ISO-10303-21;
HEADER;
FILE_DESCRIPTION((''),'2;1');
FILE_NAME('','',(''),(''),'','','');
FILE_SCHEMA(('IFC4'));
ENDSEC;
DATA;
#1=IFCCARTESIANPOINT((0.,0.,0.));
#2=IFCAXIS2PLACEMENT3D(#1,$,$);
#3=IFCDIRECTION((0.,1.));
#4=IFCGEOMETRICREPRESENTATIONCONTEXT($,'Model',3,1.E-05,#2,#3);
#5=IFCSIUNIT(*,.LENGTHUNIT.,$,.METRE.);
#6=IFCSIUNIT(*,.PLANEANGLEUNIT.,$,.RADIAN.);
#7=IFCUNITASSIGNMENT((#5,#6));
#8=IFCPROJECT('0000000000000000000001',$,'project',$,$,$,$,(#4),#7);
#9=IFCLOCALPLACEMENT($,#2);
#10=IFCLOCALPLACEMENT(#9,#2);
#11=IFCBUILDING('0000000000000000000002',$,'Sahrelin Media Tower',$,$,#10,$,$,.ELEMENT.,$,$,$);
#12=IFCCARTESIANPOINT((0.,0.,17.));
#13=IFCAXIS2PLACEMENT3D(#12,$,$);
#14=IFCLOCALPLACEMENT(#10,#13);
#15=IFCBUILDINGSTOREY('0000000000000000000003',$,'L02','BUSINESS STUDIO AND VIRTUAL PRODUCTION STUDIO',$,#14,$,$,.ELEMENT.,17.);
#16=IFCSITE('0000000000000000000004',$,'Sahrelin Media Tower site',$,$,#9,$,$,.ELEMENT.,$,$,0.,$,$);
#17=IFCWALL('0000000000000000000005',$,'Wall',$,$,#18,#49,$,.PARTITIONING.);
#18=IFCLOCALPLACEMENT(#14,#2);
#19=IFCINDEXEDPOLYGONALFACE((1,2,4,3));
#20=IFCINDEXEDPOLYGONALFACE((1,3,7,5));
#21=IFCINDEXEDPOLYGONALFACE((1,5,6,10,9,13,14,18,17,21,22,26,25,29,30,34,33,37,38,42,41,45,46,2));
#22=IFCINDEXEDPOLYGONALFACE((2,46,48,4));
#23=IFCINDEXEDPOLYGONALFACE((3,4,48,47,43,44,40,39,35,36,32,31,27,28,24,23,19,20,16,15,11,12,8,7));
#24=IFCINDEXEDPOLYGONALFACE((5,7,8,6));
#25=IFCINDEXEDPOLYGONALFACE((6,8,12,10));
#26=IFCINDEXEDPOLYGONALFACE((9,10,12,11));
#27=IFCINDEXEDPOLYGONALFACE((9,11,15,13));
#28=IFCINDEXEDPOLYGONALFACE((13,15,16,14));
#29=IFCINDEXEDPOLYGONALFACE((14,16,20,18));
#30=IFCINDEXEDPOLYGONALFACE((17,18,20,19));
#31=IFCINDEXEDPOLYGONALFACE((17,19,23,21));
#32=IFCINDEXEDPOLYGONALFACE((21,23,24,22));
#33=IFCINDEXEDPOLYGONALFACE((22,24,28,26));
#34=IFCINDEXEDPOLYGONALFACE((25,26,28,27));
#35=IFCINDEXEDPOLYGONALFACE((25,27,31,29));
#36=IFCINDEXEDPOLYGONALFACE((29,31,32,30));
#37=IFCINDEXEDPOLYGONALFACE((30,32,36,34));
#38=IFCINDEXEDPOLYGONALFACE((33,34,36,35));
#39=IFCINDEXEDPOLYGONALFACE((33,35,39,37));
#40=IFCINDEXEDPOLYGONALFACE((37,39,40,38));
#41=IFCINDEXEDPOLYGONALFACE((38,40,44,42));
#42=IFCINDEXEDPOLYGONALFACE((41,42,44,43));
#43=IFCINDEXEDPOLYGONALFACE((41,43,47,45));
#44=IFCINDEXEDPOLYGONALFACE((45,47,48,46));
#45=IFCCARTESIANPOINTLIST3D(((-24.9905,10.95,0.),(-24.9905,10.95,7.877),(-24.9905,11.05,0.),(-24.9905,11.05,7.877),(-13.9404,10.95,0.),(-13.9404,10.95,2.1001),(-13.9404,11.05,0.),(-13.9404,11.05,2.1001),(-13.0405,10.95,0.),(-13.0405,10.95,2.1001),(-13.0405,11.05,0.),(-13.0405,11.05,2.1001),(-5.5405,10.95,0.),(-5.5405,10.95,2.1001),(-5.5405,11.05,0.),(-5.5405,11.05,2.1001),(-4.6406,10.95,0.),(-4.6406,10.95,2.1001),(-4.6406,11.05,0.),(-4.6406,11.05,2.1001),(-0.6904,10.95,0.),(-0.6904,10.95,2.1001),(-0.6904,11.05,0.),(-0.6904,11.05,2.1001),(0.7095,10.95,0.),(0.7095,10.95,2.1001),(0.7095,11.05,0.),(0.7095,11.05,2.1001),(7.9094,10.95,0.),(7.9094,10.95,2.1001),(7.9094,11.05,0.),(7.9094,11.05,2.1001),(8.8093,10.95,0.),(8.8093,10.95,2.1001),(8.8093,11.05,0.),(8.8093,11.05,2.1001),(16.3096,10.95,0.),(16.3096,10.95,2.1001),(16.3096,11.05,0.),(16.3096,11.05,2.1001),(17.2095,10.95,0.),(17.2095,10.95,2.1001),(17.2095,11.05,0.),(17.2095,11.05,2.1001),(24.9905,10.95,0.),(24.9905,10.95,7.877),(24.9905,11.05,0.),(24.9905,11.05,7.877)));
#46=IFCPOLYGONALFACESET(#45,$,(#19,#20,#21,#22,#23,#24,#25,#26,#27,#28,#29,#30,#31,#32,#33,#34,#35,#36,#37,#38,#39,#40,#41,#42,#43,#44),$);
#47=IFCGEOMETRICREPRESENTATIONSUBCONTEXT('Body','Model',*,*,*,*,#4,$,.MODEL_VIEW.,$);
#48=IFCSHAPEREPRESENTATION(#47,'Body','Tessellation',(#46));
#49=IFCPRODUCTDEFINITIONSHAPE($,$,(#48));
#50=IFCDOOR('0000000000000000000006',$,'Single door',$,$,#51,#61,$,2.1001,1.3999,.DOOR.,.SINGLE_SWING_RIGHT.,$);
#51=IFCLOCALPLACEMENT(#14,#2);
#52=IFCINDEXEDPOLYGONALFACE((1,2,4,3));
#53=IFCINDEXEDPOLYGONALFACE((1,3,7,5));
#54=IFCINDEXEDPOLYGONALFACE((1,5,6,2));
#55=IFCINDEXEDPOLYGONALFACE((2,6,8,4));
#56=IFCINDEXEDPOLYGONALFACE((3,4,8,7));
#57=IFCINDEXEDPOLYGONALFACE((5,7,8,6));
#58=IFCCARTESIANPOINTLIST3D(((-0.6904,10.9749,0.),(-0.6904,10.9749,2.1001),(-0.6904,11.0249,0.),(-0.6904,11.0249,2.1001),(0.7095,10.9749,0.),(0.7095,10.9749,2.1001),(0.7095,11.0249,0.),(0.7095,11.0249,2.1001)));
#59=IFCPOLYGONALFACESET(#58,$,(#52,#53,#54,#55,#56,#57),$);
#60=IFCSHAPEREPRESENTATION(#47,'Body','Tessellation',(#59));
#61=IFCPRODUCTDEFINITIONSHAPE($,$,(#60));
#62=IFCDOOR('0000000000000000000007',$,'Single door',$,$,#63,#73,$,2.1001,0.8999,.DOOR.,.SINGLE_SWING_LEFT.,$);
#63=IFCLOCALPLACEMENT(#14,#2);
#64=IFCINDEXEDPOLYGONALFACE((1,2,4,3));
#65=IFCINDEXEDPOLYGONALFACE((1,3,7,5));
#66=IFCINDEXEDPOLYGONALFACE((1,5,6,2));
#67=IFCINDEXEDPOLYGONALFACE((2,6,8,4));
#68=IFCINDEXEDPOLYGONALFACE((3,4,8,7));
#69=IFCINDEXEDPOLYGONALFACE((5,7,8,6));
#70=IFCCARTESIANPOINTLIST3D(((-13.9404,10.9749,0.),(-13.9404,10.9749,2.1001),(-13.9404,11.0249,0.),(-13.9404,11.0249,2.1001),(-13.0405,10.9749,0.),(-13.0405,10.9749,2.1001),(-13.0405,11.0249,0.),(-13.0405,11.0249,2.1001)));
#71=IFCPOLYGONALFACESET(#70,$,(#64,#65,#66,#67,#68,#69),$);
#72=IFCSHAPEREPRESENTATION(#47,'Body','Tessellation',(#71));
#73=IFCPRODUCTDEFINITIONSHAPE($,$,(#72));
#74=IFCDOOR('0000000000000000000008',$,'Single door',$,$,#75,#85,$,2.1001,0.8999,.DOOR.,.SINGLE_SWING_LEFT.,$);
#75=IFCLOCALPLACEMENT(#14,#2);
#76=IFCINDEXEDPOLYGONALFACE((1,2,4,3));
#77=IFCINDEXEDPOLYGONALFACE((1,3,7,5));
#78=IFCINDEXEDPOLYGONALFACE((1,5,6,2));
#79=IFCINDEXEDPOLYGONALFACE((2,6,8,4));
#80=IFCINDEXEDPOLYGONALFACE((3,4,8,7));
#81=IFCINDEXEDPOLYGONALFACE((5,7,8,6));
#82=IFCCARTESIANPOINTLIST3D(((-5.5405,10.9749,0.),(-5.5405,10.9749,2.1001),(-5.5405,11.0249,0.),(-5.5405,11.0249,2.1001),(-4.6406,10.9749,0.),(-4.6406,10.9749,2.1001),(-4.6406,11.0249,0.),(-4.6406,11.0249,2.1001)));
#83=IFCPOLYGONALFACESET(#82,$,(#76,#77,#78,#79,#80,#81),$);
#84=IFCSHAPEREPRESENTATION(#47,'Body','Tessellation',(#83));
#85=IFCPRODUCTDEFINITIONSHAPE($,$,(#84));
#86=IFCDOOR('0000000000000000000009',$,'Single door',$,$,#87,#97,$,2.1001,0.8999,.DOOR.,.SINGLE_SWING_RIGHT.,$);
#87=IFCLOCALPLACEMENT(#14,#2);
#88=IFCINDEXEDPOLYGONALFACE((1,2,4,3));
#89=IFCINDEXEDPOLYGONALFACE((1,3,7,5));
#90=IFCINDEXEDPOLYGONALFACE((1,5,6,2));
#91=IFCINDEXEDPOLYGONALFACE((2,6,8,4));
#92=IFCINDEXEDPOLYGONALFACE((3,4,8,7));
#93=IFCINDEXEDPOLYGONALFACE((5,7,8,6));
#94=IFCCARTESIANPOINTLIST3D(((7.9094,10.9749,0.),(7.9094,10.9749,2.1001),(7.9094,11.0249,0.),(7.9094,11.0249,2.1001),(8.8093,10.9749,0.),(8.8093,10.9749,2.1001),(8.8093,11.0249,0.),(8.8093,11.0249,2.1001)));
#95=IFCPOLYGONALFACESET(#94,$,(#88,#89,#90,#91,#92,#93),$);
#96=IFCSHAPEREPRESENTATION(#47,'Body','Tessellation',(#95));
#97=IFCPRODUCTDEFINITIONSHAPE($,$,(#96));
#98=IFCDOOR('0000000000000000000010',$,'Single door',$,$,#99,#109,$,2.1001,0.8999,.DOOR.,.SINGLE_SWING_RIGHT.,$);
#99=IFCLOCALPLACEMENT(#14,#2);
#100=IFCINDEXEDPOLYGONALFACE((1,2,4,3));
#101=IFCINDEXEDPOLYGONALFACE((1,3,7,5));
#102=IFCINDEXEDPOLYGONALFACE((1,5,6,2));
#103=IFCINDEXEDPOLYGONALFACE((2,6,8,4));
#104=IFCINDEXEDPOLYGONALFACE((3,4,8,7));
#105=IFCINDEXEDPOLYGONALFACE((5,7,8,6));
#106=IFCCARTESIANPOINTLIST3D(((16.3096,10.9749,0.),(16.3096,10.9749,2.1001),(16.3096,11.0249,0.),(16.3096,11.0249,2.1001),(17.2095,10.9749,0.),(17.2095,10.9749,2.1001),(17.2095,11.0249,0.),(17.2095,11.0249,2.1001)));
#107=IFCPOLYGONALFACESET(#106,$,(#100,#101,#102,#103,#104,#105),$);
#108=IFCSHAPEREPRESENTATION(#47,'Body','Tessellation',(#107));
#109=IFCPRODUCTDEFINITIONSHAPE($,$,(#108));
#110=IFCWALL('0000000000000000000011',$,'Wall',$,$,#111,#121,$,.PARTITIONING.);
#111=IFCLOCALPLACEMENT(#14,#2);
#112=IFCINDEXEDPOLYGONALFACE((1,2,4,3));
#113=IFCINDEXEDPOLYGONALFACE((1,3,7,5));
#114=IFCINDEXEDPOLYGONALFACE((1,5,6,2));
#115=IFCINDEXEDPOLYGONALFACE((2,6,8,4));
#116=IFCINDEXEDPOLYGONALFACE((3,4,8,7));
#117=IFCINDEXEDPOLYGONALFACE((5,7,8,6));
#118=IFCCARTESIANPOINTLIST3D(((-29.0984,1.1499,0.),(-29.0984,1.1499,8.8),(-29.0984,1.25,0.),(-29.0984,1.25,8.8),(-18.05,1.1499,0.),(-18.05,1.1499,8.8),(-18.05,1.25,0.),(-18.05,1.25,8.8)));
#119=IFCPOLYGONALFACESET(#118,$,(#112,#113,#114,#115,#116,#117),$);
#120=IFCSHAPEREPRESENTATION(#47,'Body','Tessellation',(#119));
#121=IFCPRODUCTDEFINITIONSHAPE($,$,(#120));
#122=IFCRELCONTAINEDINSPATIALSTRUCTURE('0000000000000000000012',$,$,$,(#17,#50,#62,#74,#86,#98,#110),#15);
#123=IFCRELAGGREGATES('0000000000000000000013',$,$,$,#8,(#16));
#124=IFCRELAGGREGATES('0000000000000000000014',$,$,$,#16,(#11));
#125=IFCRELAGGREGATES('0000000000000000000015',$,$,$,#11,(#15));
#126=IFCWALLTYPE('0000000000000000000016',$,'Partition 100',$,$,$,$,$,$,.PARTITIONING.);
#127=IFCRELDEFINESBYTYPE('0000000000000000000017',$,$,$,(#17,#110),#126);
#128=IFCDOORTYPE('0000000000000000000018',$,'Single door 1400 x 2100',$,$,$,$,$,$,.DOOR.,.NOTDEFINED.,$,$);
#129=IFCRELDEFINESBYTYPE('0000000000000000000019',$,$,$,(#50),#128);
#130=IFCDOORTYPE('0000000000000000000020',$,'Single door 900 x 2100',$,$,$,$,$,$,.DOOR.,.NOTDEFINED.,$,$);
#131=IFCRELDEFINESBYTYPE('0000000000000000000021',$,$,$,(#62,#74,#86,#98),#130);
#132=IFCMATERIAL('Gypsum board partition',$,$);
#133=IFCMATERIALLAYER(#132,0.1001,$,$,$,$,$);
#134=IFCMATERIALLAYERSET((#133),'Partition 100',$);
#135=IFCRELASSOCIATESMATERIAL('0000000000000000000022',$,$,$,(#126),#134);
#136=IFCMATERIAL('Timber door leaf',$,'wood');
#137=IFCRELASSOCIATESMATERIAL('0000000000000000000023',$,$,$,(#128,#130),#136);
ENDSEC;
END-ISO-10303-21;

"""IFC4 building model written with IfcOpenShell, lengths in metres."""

from ifc_helpers import new_model, si_unit, direction, frame, frame_2d, origin, place, context, subcontext, project, spatial, rectangle, extrude, material, layer, layer_set, type_object, element, fill, save


model = new_model("IFC4")

# Units and contexts
model_context = context("Model", 3, precision=1e-05, world=origin(), true_north=direction((0.0, 1.0)))
body_context = subcontext(model_context, "Body", "Model", "MODEL_VIEW")
ifc_project = project(units=[si_unit("LENGTHUNIT", "METRE"), si_unit("PLANEANGLEUNIT", "RADIAN")], contexts=[model_context])

# Site, building, storey
site_placement = place(None, origin())
site = spatial("IfcSite", under=ifc_project, at=site_placement, Name="Sahrelin Media Tower site", CompositionType="ELEMENT", RefElevation=0.0)
building_placement = place(site_placement, origin())
building = spatial("IfcBuilding", under=site, at=building_placement, Name="Sahrelin Media Tower", CompositionType="ELEMENT")
storey_placement = place(building_placement, frame((0.0, 0.0, 17.0)))
storey = spatial("IfcBuildingStorey", under=building, at=storey_placement, Name="L02", Description="BUSINESS STUDIO AND VIRTUAL PRODUCTION STUDIO", CompositionType="ELEMENT", Elevation=17.0)

# Shared definitions
ifc_material_1 = material(Name="Gypsum board partition")
ifc_layer_1 = layer(ifc_material_1, 0.1001)
ifc_layer_set_1 = layer_set([ifc_layer_1], Name="Partition 100")
wall_type_1 = type_object("IfcWallType", Name="Partition 100", PredefinedType="PARTITIONING", material=ifc_layer_set_1)

# Wall, openings, doors
wall_1_placement = place(storey_placement, frame((-24.9905, 11.0, 0.0), z_axis=(0.0, 0.0, 1.0), x_axis=(1.0, 0.0, 0.0)))
wall_1 = element("IfcWall", 1, at=wall_1_placement, inside=storey, type_object=wall_type_1, Name="Wall", PredefinedType="PARTITIONING", context=body_context, shape_type="SweptSolid", body=[
    extrude(rectangle(XDim=49.981, YDim=0.1001, at=frame_2d((24.9905, 0.0))), origin(), (0.0, 0.0, 1.0), 7.877),
])
opening_1_placement = place(wall_1_placement, frame((11.05, 0.0, 0.0)))
opening_1 = element("IfcOpeningElement", 2, at=opening_1_placement, cuts=wall_1, PredefinedType="OPENING", context=body_context, shape_type="SweptSolid", body=[
    extrude(rectangle(XDim=0.8999, YDim=2.1001, at=frame_2d((0.45, 1.05))), frame((0.0, 0.05, 0.0), z_axis=(0.0, -1.0, 0.0), x_axis=(1.0, 0.0, 0.0)), (0.0, 0.0, 1.0), 0.1001),
])
opening_2_placement = place(wall_1_placement, frame((19.45, 0.0, 0.0)))
opening_2 = element("IfcOpeningElement", 3, at=opening_2_placement, cuts=wall_1, PredefinedType="OPENING", context=body_context, shape_type="SweptSolid", body=[
    extrude(rectangle(XDim=0.8999, YDim=2.1001, at=frame_2d((0.45, 1.05))), frame((0.0, 0.05, 0.0), z_axis=(0.0, -1.0, 0.0), x_axis=(1.0, 0.0, 0.0)), (0.0, 0.0, 1.0), 0.1001),
])
opening_3_placement = place(wall_1_placement, frame((24.3, 0.0, 0.0)))
opening_3 = element("IfcOpeningElement", 4, at=opening_3_placement, cuts=wall_1, PredefinedType="OPENING", context=body_context, shape_type="SweptSolid", body=[
    extrude(rectangle(XDim=1.3999, YDim=2.1001, at=frame_2d((0.7, 1.05))), frame((0.0, 0.05, 0.0), z_axis=(0.0, -1.0, 0.0), x_axis=(1.0, 0.0, 0.0)), (0.0, 0.0, 1.0), 0.1001),
])
opening_4_placement = place(wall_1_placement, frame((32.8999, 0.0, 0.0)))
opening_4 = element("IfcOpeningElement", 5, at=opening_4_placement, cuts=wall_1, PredefinedType="OPENING", context=body_context, shape_type="SweptSolid", body=[
    extrude(rectangle(XDim=0.8999, YDim=2.1001, at=frame_2d((0.45, 1.05))), frame((0.0, 0.05, 0.0), z_axis=(0.0, -1.0, 0.0), x_axis=(1.0, 0.0, 0.0)), (0.0, 0.0, 1.0), 0.1001),
])
opening_5_placement = place(wall_1_placement, frame((41.3, 0.0, 0.0)))
opening_5 = element("IfcOpeningElement", 6, at=opening_5_placement, cuts=wall_1, PredefinedType="OPENING", context=body_context, shape_type="SweptSolid", body=[
    extrude(rectangle(XDim=0.8999, YDim=2.1001, at=frame_2d((0.45, 1.05))), frame((0.0, 0.05, 0.0), z_axis=(0.0, -1.0, 0.0), x_axis=(1.0, 0.0, 0.0)), (0.0, 0.0, 1.0), 0.1001),
])
ifc_material_2 = material(Name="Timber door leaf", Category="wood")
door_type_1 = type_object("IfcDoorType", Name="Single door 1400 x 2100", OperationType="NOTDEFINED", PredefinedType="DOOR", material=ifc_material_2)
door_1_placement = place(opening_3_placement, origin())
door_1 = element("IfcDoor", 7, at=door_1_placement, inside=storey, type_object=door_type_1, Name="Single door", OperationType="SINGLE_SWING_RIGHT", OverallHeight=2.1001, OverallWidth=1.3999, PredefinedType="DOOR", context=body_context, shape_type="SweptSolid", body=[
    extrude(rectangle(XDim=1.3999, YDim=2.1001, at=frame_2d((0.7, 1.05))), frame((0.0, 0.0249, 0.0), z_axis=(0.0, -1.0, 0.0), x_axis=(1.0, 0.0, 0.0)), (0.0, 0.0, 1.0), 0.05),
])
fill(opening_3, door_1)
door_type_2 = type_object("IfcDoorType", Name="Single door 900 x 2100", OperationType="NOTDEFINED", PredefinedType="DOOR", material=ifc_material_2)
door_2_placement = place(opening_1_placement, origin())
door_2 = element("IfcDoor", 8, at=door_2_placement, inside=storey, type_object=door_type_2, Name="Single door", OperationType="SINGLE_SWING_LEFT", OverallHeight=2.1001, OverallWidth=0.8999, PredefinedType="DOOR", context=body_context, shape_type="SweptSolid", body=[
    extrude(rectangle(XDim=0.8999, YDim=2.1001, at=frame_2d((0.45, 1.05))), frame((0.0, 0.0249, 0.0), z_axis=(0.0, -1.0, 0.0), x_axis=(1.0, 0.0, 0.0)), (0.0, 0.0, 1.0), 0.05),
])
fill(opening_1, door_2)
door_3_placement = place(opening_2_placement, origin())
door_3 = element("IfcDoor", 9, at=door_3_placement, inside=storey, type_object=door_type_2, Name="Single door", OperationType="SINGLE_SWING_LEFT", OverallHeight=2.1001, OverallWidth=0.8999, PredefinedType="DOOR", context=body_context, shape_type="SweptSolid", body=[
    extrude(rectangle(XDim=0.8999, YDim=2.1001, at=frame_2d((0.45, 1.05))), frame((0.0, 0.0249, 0.0), z_axis=(0.0, -1.0, 0.0), x_axis=(1.0, 0.0, 0.0)), (0.0, 0.0, 1.0), 0.05),
])
fill(opening_2, door_3)
door_4_placement = place(opening_4_placement, origin())
door_4 = element("IfcDoor", 10, at=door_4_placement, inside=storey, type_object=door_type_2, Name="Single door", OperationType="SINGLE_SWING_RIGHT", OverallHeight=2.1001, OverallWidth=0.8999, PredefinedType="DOOR", context=body_context, shape_type="SweptSolid", body=[
    extrude(rectangle(XDim=0.8999, YDim=2.1001, at=frame_2d((0.45, 1.05))), frame((0.0, 0.0249, 0.0), z_axis=(0.0, -1.0, 0.0), x_axis=(1.0, 0.0, 0.0)), (0.0, 0.0, 1.0), 0.05),
])
fill(opening_4, door_4)
door_5_placement = place(opening_5_placement, origin())
door_5 = element("IfcDoor", 11, at=door_5_placement, inside=storey, type_object=door_type_2, Name="Single door", OperationType="SINGLE_SWING_RIGHT", OverallHeight=2.1001, OverallWidth=0.8999, PredefinedType="DOOR", context=body_context, shape_type="SweptSolid", body=[
    extrude(rectangle(XDim=0.8999, YDim=2.1001, at=frame_2d((0.45, 1.05))), frame((0.0, 0.0249, 0.0), z_axis=(0.0, -1.0, 0.0), x_axis=(1.0, 0.0, 0.0)), (0.0, 0.0, 1.0), 0.05),
])
fill(opening_5, door_5)

# Wall
wall_2_placement = place(storey_placement, frame((-18.05, 1.2, 0.0), z_axis=(0.0, 0.0, 1.0), x_axis=(-1.0, 0.0, 0.0)))
element("IfcWall", 12, at=wall_2_placement, inside=storey, type_object=wall_type_1, Name="Wall", PredefinedType="PARTITIONING", context=body_context, shape_type="SweptSolid", body=[
    extrude(rectangle(XDim=11.0483, YDim=0.1001, at=frame_2d((5.5242, 0.0))), origin(), (0.0, 0.0, 1.0), 8.8),
])

save(model, "model.ifc")
